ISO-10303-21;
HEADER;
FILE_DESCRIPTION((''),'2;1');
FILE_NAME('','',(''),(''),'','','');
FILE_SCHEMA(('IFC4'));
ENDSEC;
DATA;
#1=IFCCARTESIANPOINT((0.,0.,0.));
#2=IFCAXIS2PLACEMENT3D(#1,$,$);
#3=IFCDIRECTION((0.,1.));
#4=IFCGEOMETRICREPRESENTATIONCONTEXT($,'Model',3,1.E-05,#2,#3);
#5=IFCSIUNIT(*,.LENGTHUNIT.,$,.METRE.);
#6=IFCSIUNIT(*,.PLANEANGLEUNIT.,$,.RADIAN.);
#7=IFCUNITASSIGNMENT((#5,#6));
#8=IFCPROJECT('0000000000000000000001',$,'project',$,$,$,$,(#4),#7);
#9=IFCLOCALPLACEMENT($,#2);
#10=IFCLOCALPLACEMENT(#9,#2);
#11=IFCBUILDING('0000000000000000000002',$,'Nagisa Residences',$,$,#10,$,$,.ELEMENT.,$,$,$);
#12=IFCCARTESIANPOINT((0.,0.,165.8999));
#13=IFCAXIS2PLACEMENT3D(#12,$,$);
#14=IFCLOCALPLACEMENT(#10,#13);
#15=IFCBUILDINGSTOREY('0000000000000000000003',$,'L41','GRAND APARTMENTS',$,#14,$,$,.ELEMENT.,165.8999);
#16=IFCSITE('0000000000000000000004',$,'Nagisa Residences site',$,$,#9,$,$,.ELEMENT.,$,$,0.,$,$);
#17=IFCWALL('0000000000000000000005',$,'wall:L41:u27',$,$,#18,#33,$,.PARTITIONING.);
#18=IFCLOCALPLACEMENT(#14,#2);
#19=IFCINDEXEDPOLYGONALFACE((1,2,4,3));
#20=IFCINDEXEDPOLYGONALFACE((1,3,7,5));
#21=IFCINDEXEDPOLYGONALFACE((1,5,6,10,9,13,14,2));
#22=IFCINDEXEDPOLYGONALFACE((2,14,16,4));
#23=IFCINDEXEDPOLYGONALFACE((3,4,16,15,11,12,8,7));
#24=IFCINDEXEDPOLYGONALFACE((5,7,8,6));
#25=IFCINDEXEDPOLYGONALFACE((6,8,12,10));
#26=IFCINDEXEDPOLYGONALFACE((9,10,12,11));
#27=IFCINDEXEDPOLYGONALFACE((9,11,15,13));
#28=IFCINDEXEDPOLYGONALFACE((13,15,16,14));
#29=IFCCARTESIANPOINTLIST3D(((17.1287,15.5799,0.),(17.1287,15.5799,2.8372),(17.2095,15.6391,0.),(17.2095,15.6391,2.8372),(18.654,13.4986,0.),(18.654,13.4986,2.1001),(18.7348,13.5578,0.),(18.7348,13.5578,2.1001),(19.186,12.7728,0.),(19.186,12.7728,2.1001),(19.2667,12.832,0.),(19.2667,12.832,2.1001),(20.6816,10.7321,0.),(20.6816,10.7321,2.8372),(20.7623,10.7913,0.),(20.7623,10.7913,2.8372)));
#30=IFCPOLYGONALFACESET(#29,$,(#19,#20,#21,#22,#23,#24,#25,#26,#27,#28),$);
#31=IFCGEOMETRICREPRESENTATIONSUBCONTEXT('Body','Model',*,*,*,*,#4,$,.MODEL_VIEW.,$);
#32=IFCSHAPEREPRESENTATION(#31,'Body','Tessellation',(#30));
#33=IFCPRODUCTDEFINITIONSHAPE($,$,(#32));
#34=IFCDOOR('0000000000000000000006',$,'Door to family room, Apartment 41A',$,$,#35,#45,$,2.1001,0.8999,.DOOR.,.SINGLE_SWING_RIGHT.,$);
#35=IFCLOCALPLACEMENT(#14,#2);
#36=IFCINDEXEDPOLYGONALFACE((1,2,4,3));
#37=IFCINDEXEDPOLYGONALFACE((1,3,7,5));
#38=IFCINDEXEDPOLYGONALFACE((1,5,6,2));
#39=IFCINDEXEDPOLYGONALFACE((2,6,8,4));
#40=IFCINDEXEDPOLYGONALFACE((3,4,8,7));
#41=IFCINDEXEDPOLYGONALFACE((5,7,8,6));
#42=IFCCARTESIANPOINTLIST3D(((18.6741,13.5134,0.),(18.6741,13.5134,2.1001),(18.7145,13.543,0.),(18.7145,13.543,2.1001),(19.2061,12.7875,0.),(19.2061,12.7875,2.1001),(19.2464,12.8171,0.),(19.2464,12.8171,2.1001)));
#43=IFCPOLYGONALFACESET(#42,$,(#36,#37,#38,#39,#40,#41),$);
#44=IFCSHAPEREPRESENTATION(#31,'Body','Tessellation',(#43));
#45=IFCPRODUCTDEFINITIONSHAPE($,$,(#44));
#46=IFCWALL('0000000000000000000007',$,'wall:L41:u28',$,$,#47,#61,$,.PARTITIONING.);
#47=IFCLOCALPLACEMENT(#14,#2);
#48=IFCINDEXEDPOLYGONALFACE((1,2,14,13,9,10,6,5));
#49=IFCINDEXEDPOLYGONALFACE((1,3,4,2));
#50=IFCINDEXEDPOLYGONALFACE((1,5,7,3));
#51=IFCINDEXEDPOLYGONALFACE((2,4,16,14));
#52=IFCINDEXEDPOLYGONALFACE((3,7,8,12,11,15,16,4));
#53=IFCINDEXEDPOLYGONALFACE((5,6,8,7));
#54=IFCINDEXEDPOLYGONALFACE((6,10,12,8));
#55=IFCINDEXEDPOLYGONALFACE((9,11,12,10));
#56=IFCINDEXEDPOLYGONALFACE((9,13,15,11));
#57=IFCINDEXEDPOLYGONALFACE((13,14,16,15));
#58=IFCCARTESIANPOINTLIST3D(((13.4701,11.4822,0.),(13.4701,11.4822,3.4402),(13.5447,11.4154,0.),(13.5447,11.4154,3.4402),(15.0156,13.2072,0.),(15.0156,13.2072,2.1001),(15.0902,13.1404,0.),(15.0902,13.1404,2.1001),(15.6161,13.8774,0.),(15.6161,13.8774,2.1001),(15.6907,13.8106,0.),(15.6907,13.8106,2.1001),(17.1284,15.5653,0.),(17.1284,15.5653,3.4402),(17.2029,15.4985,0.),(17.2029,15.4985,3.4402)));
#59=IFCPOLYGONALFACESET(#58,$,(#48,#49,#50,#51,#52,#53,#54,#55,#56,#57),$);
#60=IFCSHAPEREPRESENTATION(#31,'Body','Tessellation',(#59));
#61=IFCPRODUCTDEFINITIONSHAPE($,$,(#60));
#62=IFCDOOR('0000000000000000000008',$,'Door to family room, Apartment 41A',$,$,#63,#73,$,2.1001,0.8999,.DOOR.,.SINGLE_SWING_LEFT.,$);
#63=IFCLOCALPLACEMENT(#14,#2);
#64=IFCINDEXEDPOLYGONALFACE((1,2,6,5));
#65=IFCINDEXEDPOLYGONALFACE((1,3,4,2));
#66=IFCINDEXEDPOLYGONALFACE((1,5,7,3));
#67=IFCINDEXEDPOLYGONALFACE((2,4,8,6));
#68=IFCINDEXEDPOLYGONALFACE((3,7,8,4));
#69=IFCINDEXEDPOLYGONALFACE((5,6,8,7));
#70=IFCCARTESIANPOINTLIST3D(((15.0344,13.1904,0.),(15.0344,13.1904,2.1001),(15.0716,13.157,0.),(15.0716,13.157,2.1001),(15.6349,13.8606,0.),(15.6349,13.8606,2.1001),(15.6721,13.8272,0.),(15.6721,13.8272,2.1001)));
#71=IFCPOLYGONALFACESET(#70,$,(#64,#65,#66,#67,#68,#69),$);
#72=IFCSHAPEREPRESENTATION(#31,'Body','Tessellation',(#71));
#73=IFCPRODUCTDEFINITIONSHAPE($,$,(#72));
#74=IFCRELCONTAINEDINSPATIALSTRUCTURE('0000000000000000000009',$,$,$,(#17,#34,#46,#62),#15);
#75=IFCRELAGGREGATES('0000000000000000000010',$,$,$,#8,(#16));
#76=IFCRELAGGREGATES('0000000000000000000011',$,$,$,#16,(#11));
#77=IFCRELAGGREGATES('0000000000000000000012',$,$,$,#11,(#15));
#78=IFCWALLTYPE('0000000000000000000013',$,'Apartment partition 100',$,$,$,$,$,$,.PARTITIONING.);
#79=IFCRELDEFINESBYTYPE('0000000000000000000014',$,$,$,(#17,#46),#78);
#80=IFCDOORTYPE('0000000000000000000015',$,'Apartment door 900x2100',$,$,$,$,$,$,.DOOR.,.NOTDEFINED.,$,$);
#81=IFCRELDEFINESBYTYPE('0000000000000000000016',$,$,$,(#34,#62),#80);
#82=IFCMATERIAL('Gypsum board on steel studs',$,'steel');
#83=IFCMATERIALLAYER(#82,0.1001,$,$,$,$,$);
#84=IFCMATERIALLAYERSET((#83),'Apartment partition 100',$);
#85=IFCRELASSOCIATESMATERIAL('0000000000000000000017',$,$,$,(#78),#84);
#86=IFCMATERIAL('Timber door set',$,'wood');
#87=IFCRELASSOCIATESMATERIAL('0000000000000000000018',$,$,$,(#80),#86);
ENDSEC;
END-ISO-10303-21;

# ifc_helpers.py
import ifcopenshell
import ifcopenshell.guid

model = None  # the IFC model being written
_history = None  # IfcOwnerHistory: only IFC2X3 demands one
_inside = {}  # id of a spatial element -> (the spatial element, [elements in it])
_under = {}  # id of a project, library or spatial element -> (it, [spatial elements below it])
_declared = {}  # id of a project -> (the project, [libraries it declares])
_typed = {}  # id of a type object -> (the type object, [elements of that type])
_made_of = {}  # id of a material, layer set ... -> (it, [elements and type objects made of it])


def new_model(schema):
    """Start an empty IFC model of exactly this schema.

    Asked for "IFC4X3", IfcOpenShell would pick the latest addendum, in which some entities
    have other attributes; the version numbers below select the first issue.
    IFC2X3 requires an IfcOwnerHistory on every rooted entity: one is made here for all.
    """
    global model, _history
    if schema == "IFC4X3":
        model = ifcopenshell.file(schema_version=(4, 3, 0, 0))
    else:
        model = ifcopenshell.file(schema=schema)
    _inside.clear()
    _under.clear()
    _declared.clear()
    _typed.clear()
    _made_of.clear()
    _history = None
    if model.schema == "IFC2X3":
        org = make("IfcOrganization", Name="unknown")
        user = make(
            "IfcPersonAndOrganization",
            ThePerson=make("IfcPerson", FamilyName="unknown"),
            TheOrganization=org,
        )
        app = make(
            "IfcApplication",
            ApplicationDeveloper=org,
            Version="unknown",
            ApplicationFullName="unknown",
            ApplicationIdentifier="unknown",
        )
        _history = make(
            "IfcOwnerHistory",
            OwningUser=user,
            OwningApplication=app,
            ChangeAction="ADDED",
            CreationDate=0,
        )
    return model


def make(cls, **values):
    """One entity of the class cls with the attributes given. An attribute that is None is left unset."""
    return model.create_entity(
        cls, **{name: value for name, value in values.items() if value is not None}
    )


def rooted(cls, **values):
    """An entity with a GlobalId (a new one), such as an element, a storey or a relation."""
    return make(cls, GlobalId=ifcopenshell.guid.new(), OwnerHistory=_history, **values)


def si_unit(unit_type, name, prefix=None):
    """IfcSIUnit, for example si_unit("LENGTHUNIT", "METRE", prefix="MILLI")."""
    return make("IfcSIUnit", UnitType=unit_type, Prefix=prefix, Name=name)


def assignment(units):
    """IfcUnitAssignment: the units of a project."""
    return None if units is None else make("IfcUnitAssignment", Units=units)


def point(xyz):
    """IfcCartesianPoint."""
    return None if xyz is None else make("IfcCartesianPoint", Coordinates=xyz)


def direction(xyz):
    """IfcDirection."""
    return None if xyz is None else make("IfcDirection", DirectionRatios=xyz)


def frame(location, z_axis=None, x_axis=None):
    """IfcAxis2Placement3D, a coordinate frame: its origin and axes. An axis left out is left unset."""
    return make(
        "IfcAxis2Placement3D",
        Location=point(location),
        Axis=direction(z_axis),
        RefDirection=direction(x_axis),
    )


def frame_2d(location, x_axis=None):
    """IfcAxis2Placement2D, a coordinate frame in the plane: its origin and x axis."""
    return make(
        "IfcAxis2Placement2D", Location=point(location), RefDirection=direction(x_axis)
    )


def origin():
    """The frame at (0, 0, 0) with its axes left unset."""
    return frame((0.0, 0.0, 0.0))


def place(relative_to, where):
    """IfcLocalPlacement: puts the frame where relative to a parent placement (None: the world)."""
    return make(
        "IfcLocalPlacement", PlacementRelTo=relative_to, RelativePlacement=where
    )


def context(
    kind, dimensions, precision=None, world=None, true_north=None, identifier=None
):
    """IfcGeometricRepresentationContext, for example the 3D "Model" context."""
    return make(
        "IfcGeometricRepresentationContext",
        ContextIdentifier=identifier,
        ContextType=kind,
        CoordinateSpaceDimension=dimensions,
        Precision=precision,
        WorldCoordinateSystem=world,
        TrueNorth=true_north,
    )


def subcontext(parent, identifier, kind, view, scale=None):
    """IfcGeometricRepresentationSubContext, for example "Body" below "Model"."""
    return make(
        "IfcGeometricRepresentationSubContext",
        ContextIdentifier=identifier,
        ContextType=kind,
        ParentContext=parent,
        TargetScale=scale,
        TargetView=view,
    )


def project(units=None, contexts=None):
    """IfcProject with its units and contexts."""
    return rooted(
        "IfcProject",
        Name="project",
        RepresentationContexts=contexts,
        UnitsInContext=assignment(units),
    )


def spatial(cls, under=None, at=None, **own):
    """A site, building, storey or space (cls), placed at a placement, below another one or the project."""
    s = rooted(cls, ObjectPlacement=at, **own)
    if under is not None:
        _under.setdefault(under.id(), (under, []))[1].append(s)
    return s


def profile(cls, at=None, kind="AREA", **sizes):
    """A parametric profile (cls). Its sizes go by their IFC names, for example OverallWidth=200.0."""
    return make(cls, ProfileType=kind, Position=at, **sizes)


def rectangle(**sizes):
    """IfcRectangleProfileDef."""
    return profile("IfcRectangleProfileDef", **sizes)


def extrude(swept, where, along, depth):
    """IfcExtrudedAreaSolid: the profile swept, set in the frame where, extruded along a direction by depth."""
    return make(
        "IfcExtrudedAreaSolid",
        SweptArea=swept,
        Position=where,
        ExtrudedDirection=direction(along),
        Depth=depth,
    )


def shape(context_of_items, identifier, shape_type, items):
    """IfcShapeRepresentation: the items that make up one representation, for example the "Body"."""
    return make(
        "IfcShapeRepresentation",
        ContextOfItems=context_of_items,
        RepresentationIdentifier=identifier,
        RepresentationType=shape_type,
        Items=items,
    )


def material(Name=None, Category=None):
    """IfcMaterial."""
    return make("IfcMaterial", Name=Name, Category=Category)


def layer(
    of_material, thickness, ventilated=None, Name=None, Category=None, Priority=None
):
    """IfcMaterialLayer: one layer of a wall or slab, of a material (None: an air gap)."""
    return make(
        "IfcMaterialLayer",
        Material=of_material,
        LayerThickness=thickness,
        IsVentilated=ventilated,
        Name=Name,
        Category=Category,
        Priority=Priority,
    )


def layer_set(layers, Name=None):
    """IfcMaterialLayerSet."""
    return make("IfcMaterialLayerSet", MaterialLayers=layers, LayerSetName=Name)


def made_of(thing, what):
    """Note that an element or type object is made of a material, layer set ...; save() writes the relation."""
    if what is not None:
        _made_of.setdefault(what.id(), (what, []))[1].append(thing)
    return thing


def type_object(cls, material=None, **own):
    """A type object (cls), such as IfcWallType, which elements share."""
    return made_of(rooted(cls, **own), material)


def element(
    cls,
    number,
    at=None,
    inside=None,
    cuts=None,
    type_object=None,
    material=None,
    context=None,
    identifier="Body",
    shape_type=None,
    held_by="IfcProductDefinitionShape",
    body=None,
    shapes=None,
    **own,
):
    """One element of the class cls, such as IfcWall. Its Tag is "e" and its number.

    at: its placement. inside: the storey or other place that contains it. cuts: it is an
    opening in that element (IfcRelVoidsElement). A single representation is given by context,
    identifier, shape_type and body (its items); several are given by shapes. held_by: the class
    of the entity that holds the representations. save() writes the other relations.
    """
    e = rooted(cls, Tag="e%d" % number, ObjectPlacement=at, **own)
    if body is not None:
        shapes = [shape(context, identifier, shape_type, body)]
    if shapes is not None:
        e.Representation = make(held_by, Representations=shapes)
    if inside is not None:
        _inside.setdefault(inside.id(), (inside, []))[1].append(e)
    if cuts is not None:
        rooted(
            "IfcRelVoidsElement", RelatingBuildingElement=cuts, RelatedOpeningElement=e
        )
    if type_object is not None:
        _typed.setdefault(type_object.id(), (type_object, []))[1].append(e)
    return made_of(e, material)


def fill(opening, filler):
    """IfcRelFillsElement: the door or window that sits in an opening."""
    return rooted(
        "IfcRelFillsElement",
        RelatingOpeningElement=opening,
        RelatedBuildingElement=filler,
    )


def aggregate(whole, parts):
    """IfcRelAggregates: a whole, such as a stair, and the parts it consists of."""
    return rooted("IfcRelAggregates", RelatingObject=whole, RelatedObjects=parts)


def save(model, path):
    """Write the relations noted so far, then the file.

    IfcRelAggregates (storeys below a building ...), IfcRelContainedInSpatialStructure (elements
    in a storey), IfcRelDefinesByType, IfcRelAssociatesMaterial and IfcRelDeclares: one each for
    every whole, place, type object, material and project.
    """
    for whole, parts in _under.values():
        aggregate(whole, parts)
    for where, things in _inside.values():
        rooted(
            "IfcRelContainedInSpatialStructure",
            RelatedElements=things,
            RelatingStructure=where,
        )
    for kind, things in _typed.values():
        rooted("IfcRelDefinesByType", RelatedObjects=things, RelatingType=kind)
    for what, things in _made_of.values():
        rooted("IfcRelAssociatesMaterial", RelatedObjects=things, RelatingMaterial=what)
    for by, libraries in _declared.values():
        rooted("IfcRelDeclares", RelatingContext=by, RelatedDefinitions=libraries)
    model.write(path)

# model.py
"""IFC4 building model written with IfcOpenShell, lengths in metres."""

from ifc_helpers import new_model, si_unit, direction, frame, frame_2d, origin, place, context, subcontext, project, spatial, rectangle, extrude, material, layer, layer_set, type_object, element, fill, save


model = new_model("IFC4")

# Units and contexts
model_context = context("Model", 3, precision=1e-05, world=origin(), true_north=direction((0.0, 1.0)))
body_context = subcontext(model_context, "Body", "Model", "MODEL_VIEW")
ifc_project = project(units=[si_unit("LENGTHUNIT", "METRE"), si_unit("PLANEANGLEUNIT", "RADIAN")], contexts=[model_context])

# Site, building, storey
site_placement = place(None, origin())
site = spatial("IfcSite", under=ifc_project, at=site_placement, Name="Nagisa Residences site", CompositionType="ELEMENT", RefElevation=0.0)
building_placement = place(site_placement, origin())
building = spatial("IfcBuilding", under=site, at=building_placement, Name="Nagisa Residences", CompositionType="ELEMENT")
storey_placement = place(building_placement, frame((0.0, 0.0, 165.8999)))
storey = spatial("IfcBuildingStorey", under=building, at=storey_placement, Name="L41", Description="GRAND APARTMENTS", CompositionType="ELEMENT", Elevation=165.8999)

# Shared definitions
ifc_material_1 = material(Name="Gypsum board on steel studs", Category="steel")
ifc_layer_1 = layer(ifc_material_1, 0.1001)
ifc_layer_set_1 = layer_set([ifc_layer_1], Name="Apartment partition 100")
wall_type_1 = type_object("IfcWallType", Name="Apartment partition 100", PredefinedType="PARTITIONING", material=ifc_layer_set_1)
ifc_material_2 = material(Name="Timber door set", Category="wood")
door_type_1 = type_object("IfcDoorType", Name="Apartment door 900x2100", OperationType="NOTDEFINED", PredefinedType="DOOR", material=ifc_material_2)

# Walls, openings, doors
wall_1_placement = place(storey_placement, frame((20.7219, 10.7617, 0.0), z_axis=(0.0, 0.0, 1.0), x_axis=(-0.591124, 0.806581, 0.0)))
wall_1 = element("IfcWall", 1, at=wall_1_placement, inside=storey, type_object=wall_type_1, Name="wall:L41:u27", PredefinedType="PARTITIONING", context=body_context, shape_type="SweptSolid", body=[
    extrude(rectangle(XDim=6.0103, YDim=0.1001, at=frame_2d((3.0051, 0.0))), origin(), (0.0, 0.0, 1.0), 2.8372),
])
opening_1_placement = place(wall_1_placement, frame((2.53, 0.0, 0.0)))
opening_1 = element("IfcOpeningElement", 2, at=opening_1_placement, cuts=wall_1, PredefinedType="OPENING", context=body_context, shape_type="SweptSolid", body=[
    extrude(rectangle(XDim=0.8999, YDim=2.1001, at=frame_2d((0.45, 1.05))), frame((0.0, 0.0601, 0.0), z_axis=(0.0, -1.0, 0.0), x_axis=(1.0, 0.0, 0.0)), (0.0, 0.0, 1.0), 0.1201),
])
door_1_placement = place(opening_1_placement, frame((0.8999, 0.0, 0.0), x_axis=(-1.0, 0.0, 0.0)))
door_1 = element("IfcDoor", 3, at=door_1_placement, inside=storey, type_object=door_type_1, Name="Door to family room, Apartment 41A", OperationType="SINGLE_SWING_RIGHT", OverallHeight=2.1001, OverallWidth=0.8999, PredefinedType="DOOR", context=body_context, shape_type="SweptSolid", body=[
    extrude(rectangle(XDim=0.8999, YDim=2.1001, at=frame_2d((0.45, 1.05))), frame((0.0, 0.0249, 0.0), z_axis=(0.0, -1.0, 0.0), x_axis=(1.0, 0.0, 0.0)), (0.0, 0.0, 1.0), 0.05),
])
fill(opening_1, door_1)
wall_2_placement = place(storey_placement, frame((13.5073, 11.4487, 0.0), z_axis=(0.0, 0.0, 1.0), x_axis=(0.6673, 0.744789, 0.0)))
wall_2 = element("IfcWall", 4, at=wall_2_placement, inside=storey, type_object=wall_type_1, Name="wall:L41:u28", PredefinedType="PARTITIONING", context=body_context, shape_type="SweptSolid", body=[
    extrude(rectangle(XDim=5.4822, YDim=0.1001, at=frame_2d((2.7412, 0.0))), origin(), (0.0, 0.0, 1.0), 3.4402),
])
opening_2_placement = place(wall_2_placement, frame((2.3162, 0.0, 0.0)))
opening_2 = element("IfcOpeningElement", 5, at=opening_2_placement, cuts=wall_2, PredefinedType="OPENING", context=body_context, shape_type="SweptSolid", body=[
    extrude(rectangle(XDim=0.8999, YDim=2.1001, at=frame_2d((0.45, 1.05))), frame((0.0, 0.0601, 0.0), z_axis=(0.0, -1.0, 0.0), x_axis=(1.0, 0.0, 0.0)), (0.0, 0.0, 1.0), 0.1201),
])
door_2_placement = place(opening_2_placement, origin())
door_2 = element("IfcDoor", 6, at=door_2_placement, inside=storey, type_object=door_type_1, Name="Door to family room, Apartment 41A", OperationType="SINGLE_SWING_LEFT", OverallHeight=2.1001, OverallWidth=0.8999, PredefinedType="DOOR", context=body_context, shape_type="SweptSolid", body=[
    extrude(rectangle(XDim=0.8999, YDim=2.1001, at=frame_2d((0.45, 1.05))), frame((0.0, 0.0249, 0.0), z_axis=(0.0, -1.0, 0.0), x_axis=(1.0, 0.0, 0.0)), (0.0, 0.0, 1.0), 0.05),
])
fill(opening_2, door_2)

save(model, "model.ifc")
